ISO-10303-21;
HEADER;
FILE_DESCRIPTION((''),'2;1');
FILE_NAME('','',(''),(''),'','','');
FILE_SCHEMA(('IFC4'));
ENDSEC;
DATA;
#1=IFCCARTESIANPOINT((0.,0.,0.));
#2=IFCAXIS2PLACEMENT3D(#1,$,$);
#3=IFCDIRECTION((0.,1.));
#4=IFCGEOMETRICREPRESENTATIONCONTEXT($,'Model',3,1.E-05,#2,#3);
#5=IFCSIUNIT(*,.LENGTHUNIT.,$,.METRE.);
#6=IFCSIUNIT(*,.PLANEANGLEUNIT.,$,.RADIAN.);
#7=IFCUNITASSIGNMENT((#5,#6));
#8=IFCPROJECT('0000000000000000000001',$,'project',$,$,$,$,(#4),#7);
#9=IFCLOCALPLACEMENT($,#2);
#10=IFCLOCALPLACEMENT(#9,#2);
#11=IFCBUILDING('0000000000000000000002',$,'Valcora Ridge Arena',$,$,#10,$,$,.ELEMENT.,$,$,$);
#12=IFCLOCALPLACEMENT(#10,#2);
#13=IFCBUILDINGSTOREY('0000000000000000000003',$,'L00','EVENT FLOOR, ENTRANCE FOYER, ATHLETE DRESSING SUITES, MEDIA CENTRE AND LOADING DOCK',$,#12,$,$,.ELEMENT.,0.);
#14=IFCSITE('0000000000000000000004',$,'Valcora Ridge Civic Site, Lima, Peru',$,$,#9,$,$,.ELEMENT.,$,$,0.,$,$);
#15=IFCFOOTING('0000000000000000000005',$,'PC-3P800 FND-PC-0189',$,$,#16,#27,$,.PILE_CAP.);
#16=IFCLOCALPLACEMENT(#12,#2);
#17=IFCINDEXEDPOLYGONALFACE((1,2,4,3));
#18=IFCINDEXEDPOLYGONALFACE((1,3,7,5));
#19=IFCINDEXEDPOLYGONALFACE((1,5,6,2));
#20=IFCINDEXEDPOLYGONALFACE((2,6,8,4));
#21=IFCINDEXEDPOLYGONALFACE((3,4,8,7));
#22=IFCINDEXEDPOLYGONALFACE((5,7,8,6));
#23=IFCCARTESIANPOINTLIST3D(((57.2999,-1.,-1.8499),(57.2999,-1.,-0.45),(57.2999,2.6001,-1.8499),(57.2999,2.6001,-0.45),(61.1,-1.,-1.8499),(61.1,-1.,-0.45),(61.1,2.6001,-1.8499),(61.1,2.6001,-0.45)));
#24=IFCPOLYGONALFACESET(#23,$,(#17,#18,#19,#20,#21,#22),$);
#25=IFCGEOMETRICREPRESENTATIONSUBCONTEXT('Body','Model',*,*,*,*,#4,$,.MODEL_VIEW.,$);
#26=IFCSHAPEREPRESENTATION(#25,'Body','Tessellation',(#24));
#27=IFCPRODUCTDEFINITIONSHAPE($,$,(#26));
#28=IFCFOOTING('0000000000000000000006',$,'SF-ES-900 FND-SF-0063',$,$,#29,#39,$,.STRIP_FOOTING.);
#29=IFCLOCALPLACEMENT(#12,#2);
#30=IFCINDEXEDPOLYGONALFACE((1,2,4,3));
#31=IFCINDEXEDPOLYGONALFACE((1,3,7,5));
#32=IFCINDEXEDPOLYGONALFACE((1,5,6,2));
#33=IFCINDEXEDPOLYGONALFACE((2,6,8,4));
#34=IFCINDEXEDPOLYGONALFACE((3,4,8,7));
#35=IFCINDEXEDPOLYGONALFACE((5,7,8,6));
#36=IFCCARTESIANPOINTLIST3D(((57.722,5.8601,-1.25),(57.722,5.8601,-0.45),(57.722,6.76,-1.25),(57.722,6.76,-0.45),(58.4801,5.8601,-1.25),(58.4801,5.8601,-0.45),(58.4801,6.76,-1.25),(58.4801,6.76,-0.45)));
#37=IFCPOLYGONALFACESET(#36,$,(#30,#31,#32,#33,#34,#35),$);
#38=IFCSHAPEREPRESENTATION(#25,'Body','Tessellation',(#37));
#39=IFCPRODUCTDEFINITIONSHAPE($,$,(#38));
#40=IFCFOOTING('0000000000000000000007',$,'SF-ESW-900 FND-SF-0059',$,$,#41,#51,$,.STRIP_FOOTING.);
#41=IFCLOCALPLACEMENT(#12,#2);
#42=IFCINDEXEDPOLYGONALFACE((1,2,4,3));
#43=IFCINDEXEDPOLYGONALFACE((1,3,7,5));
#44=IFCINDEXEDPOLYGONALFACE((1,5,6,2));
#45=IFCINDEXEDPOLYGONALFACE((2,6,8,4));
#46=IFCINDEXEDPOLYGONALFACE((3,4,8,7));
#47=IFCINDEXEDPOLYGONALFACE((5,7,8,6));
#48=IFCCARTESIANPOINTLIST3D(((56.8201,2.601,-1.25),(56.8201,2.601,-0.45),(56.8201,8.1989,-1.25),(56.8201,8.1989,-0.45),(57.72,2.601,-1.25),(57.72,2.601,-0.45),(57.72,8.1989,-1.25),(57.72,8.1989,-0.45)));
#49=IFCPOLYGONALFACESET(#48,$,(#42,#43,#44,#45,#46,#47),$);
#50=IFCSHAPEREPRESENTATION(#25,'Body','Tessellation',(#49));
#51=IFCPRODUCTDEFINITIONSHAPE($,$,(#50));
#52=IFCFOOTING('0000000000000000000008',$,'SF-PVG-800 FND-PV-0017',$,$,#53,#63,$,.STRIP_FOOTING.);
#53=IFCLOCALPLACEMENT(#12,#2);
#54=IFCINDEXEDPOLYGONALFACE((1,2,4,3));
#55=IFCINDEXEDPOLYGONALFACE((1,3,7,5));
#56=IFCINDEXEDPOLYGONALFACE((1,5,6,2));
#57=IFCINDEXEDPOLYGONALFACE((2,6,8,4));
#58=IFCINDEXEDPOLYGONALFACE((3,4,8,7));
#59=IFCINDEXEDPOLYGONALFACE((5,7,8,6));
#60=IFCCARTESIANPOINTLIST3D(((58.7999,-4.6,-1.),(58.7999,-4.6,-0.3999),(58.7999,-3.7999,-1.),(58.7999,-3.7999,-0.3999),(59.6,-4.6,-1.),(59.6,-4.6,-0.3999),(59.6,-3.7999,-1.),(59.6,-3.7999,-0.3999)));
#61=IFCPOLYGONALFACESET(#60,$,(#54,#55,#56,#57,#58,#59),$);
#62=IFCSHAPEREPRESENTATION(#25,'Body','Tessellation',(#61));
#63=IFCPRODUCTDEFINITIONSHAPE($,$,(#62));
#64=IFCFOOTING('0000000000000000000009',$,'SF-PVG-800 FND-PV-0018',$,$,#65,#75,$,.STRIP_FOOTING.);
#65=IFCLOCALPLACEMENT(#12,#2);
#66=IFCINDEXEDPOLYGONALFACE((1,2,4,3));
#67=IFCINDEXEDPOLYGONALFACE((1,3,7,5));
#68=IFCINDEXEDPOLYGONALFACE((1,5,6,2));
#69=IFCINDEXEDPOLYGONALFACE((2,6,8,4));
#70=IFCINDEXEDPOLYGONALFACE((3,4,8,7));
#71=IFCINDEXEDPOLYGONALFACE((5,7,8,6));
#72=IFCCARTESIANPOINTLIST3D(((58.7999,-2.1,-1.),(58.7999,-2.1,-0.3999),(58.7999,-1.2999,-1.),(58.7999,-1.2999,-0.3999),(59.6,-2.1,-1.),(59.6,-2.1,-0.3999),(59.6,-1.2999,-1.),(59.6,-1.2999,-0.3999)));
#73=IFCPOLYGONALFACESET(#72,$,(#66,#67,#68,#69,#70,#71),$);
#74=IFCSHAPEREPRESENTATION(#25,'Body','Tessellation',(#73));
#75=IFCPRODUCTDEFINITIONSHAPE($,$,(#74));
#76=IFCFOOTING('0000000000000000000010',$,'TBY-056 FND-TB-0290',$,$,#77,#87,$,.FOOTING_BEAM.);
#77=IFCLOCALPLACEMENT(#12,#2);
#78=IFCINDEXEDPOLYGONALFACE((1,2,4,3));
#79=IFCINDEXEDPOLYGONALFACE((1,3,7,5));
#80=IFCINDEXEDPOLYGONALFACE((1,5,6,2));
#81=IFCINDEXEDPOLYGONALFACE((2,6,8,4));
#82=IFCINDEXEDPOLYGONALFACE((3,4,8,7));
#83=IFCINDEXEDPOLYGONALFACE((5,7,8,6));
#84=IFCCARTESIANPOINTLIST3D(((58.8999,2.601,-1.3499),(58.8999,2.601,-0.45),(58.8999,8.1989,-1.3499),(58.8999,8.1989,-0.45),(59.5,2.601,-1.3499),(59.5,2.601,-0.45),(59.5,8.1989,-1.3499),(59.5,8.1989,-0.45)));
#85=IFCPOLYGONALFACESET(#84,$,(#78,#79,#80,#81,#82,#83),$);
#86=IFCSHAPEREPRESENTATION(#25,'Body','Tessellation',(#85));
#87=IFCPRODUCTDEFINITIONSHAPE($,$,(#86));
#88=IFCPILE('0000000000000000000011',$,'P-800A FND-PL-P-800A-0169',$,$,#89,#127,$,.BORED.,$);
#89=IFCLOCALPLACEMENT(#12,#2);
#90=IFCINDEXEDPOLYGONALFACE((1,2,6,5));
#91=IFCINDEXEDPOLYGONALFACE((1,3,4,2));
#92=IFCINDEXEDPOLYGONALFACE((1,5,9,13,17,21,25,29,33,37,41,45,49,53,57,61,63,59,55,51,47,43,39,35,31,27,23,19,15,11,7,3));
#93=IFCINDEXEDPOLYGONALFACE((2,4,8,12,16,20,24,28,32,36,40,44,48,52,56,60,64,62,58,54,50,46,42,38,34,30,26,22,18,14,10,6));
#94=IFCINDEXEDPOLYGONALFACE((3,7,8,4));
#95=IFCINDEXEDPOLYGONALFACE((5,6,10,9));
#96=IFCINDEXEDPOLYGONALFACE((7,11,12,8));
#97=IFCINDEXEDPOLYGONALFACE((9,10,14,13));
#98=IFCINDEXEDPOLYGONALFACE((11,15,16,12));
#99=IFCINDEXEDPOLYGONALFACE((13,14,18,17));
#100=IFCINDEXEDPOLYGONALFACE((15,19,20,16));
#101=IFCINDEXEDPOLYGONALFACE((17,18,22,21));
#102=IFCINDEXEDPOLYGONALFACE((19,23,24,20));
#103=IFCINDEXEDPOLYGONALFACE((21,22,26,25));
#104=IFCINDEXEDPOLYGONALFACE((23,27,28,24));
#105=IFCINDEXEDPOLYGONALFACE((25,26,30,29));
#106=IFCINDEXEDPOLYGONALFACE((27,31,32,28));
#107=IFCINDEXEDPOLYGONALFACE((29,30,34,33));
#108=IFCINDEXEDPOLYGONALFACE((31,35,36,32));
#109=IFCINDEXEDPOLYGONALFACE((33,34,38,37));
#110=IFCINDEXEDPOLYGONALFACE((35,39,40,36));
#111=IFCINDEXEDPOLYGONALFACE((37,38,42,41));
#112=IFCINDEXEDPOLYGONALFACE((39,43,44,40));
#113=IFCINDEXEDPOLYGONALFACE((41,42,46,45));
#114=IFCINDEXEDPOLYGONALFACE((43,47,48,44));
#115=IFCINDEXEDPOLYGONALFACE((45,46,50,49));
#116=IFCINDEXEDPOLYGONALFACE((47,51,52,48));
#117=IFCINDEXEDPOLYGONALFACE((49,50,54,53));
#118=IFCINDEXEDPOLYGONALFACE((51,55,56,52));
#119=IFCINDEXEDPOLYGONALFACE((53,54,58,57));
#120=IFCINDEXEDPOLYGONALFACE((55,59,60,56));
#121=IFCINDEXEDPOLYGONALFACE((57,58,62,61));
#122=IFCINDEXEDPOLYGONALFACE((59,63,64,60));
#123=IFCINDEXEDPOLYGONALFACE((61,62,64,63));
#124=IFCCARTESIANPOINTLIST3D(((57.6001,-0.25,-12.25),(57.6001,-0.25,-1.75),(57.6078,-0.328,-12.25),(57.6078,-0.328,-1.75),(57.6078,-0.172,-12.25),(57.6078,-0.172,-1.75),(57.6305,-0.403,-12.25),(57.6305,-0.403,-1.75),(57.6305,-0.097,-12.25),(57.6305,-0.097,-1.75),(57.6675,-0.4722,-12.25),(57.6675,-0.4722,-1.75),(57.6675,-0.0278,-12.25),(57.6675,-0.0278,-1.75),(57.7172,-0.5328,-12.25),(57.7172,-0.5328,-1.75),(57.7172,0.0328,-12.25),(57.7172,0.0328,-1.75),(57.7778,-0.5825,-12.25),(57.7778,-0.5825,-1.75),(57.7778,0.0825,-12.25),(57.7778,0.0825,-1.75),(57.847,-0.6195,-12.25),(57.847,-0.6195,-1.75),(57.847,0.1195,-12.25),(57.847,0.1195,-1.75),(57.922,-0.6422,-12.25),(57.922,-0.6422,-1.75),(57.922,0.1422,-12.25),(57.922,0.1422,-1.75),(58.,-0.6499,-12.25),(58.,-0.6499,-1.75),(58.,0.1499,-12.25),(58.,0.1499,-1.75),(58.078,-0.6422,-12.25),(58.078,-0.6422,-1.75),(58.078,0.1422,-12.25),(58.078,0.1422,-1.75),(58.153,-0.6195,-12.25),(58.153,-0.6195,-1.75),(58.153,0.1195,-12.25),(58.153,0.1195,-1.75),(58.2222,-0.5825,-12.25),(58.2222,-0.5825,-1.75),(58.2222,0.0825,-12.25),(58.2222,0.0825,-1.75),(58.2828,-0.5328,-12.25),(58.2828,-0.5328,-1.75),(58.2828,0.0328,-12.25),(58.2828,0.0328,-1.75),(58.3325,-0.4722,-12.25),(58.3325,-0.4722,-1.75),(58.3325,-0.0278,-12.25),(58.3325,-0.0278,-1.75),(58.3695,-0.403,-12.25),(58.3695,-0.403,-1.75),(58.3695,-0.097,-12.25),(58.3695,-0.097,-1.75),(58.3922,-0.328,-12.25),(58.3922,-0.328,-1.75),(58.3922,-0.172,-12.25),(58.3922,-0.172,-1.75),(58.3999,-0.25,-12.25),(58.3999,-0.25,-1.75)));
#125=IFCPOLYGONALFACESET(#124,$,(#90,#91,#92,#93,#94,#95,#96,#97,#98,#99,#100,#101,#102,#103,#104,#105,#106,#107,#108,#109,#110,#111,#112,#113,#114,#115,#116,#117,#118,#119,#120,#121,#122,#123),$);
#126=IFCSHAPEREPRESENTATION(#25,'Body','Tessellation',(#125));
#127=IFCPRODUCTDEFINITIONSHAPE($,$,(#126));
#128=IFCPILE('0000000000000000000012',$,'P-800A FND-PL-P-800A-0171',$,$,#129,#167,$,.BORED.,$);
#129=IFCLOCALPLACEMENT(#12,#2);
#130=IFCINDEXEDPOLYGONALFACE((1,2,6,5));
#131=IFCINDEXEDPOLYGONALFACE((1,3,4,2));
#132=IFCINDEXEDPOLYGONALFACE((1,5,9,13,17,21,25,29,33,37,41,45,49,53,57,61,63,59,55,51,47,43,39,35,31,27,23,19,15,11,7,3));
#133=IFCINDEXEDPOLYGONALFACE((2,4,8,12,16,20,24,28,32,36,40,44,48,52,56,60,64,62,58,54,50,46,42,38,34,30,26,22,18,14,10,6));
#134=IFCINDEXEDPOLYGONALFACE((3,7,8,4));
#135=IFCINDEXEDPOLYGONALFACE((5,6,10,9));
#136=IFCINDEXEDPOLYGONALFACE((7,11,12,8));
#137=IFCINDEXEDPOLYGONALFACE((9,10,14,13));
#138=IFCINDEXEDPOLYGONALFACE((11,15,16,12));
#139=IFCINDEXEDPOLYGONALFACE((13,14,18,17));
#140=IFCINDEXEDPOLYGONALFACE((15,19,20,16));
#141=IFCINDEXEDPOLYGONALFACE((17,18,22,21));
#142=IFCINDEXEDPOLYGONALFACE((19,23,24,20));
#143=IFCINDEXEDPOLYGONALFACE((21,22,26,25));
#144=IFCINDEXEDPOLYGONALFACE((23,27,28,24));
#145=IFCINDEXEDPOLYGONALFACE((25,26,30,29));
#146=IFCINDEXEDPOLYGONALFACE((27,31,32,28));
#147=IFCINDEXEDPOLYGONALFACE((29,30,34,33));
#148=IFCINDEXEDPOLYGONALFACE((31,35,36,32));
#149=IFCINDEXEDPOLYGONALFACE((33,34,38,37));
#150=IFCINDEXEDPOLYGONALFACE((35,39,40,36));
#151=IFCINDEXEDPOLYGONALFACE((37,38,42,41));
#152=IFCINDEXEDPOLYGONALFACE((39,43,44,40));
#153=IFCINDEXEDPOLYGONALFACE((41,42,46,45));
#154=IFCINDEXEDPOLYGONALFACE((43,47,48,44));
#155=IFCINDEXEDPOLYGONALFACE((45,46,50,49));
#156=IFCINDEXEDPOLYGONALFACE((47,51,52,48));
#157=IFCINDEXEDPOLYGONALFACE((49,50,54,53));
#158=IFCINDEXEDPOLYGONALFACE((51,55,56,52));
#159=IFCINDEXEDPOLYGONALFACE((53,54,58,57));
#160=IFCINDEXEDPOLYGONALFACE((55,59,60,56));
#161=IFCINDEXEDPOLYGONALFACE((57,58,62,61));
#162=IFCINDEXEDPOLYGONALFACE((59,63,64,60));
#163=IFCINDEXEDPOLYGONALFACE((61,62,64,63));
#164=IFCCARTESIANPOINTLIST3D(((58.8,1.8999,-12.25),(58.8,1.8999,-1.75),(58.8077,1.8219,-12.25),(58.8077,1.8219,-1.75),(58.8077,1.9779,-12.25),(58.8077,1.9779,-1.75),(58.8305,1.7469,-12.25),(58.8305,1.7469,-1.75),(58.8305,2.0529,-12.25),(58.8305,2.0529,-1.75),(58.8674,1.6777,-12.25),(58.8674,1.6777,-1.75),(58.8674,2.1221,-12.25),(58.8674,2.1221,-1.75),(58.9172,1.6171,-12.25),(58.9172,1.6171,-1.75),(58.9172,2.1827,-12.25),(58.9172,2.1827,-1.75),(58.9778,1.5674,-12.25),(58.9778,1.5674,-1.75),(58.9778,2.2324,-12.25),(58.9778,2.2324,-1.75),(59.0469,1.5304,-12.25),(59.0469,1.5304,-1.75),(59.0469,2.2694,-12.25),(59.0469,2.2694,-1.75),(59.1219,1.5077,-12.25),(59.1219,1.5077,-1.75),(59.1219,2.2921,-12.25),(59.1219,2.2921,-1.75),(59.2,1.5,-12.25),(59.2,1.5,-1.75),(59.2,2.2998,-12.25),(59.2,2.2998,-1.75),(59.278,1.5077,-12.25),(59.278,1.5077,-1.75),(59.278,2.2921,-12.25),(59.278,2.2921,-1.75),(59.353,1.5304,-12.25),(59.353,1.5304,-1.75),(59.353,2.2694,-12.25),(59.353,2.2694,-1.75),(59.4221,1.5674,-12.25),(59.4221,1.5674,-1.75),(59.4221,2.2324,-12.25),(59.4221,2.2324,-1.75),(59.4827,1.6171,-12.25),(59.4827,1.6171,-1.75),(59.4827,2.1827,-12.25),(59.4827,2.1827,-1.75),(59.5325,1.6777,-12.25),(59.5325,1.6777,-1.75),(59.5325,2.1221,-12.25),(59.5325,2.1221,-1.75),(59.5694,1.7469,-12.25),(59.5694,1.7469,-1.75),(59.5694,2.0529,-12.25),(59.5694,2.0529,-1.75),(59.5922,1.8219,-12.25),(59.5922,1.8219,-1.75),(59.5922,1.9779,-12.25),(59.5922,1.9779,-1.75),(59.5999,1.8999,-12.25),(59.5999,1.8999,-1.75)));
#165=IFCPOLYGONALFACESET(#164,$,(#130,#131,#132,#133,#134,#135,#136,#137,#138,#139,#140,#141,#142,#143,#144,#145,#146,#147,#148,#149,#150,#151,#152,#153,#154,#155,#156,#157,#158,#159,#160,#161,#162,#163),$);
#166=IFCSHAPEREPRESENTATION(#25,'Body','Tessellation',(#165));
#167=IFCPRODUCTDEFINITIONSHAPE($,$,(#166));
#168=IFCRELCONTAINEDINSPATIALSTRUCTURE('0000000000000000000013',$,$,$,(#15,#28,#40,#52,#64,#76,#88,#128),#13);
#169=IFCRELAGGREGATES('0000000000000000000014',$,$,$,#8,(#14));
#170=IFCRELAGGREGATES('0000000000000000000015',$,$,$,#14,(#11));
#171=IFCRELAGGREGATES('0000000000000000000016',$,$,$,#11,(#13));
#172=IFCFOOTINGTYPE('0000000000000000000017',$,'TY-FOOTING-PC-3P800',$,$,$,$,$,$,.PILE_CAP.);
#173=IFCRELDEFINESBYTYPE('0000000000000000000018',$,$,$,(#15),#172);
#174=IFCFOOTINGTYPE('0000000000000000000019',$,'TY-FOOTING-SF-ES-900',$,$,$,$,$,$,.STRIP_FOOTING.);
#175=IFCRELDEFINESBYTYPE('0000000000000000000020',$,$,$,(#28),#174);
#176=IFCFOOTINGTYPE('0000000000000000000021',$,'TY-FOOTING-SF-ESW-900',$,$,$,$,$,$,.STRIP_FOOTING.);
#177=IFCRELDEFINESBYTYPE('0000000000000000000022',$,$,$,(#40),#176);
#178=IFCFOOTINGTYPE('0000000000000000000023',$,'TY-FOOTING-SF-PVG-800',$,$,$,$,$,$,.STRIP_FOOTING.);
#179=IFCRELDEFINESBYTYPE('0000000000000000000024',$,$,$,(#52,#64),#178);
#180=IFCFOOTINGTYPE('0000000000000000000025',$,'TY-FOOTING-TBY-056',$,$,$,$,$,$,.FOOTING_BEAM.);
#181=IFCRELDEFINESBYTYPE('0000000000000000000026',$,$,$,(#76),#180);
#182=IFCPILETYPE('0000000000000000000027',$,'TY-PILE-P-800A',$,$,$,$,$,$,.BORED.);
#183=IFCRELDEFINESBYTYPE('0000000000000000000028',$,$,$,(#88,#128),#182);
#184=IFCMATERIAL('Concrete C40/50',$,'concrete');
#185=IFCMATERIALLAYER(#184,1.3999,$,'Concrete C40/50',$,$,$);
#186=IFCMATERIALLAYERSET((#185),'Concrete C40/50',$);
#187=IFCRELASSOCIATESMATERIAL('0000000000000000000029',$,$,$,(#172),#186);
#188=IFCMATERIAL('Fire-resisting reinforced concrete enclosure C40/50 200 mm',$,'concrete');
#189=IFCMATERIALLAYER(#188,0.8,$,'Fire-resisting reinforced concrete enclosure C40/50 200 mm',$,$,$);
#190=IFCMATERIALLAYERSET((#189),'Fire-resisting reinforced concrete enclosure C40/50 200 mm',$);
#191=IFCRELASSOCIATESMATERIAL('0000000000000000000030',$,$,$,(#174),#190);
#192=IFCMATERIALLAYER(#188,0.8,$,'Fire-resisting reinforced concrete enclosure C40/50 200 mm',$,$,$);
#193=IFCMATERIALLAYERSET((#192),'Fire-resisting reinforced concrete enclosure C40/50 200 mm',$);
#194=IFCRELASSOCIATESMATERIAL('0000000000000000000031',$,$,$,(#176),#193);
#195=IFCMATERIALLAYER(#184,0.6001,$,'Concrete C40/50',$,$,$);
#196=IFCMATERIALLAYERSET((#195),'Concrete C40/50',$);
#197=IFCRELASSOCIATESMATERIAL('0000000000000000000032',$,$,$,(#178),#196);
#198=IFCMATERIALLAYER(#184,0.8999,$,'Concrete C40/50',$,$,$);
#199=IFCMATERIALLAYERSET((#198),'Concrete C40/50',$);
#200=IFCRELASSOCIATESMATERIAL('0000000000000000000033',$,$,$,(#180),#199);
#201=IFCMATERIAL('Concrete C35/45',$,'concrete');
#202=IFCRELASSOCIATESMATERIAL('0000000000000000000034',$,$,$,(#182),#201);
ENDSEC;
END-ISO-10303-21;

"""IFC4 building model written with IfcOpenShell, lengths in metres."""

from ifc_helpers import new_model, si_unit, direction, frame, origin, origin_2d, place, context, subcontext, project, spatial, rectangle, circle, extrude, material, layer, layer_set, material_profile, profile_set, type_object, element, save


model = new_model("IFC4")

# Units and contexts
model_context = context("Model", 3, precision=1e-05, world=origin(), true_north=direction((0.0, 1.0)))
body_context = subcontext(model_context, "Body", "Model", "MODEL_VIEW")
ifc_project = project(units=[si_unit("LENGTHUNIT", "METRE"), si_unit("PLANEANGLEUNIT", "RADIAN")], contexts=[model_context])

# Site, building, storey
site_placement = place(None, origin())
site = spatial("IfcSite", under=ifc_project, at=site_placement, Name="Valcora Ridge Civic Site, Lima, Peru", CompositionType="ELEMENT", RefElevation=0.0)
building_placement = place(site_placement, origin())
building = spatial("IfcBuilding", under=site, at=building_placement, Name="Valcora Ridge Arena", CompositionType="ELEMENT")
storey_placement = place(building_placement, origin())
storey = spatial("IfcBuildingStorey", under=building, at=storey_placement, Name="L00", Description="EVENT FLOOR, ENTRANCE FOYER, ATHLETE DRESSING SUITES, MEDIA CENTRE AND LOADING DOCK", CompositionType="ELEMENT", Elevation=0.0)

# Footings
ifc_material_1 = material(Name="Concrete C40/50", Category="concrete")
ifc_layer_1 = layer(ifc_material_1, 1.3999, Name="Concrete C40/50")
ifc_layer_set_1 = layer_set([ifc_layer_1], Name="Concrete C40/50")
footing_type_1 = type_object("IfcFootingType", Name="TY-FOOTING-PC-3P800", PredefinedType="PILE_CAP", material=ifc_layer_set_1)
footing_1_placement = place(storey_placement, frame((59.2, 0.8, -1.8499), z_axis=(0.0, 0.0, 1.0), x_axis=(1.0, 0.0, 0.0)))
element("IfcFooting", 1, at=footing_1_placement, inside=storey, type_object=footing_type_1, Name="PC-3P800 FND-PC-0189", PredefinedType="PILE_CAP", context=body_context, shape_type="SweptSolid", body=[
    extrude(rectangle(XDim=3.8, YDim=3.6001, at=origin_2d()), origin(), (0.0, 0.0, 1.0), 1.3999),
])
ifc_material_2 = material(Name="Fire-resisting reinforced concrete enclosure C40/50 200 mm", Category="concrete")
ifc_layer_2 = layer(ifc_material_2, 0.8, Name="Fire-resisting reinforced concrete enclosure C40/50 200 mm")
ifc_layer_set_2 = layer_set([ifc_layer_2], Name="Fire-resisting reinforced concrete enclosure C40/50 200 mm")
footing_type_2 = type_object("IfcFootingType", Name="TY-FOOTING-SF-ES-900", PredefinedType="STRIP_FOOTING", material=ifc_layer_set_2)
footing_2_placement = place(storey_placement, frame((58.1011, 6.3101, -1.25), z_axis=(0.0, 0.0, 1.0), x_axis=(1.0, 0.0, 0.0)))
element("IfcFooting", 2, at=footing_2_placement, inside=storey, type_object=footing_type_2, Name="SF-ES-900 FND-SF-0063", PredefinedType="STRIP_FOOTING", context=body_context, shape_type="SweptSolid", body=[
    extrude(rectangle(XDim=0.7581, YDim=0.8999, at=origin_2d()), origin(), (0.0, 0.0, 1.0), 0.8),
])
ifc_layer_3 = layer(ifc_material_2, 0.8, Name="Fire-resisting reinforced concrete enclosure C40/50 200 mm")
ifc_layer_set_3 = layer_set([ifc_layer_3], Name="Fire-resisting reinforced concrete enclosure C40/50 200 mm")
footing_type_3 = type_object("IfcFootingType", Name="TY-FOOTING-SF-ESW-900", PredefinedType="STRIP_FOOTING", material=ifc_layer_set_3)
footing_3_placement = place(storey_placement, frame((57.27, 5.3999, -1.25), z_axis=(0.0, 0.0, 1.0), x_axis=(1.0, 0.0, 0.0)))
element("IfcFooting", 3, at=footing_3_placement, inside=storey, type_object=footing_type_3, Name="SF-ESW-900 FND-SF-0059", PredefinedType="STRIP_FOOTING", context=body_context, shape_type="SweptSolid", body=[
    extrude(rectangle(XDim=0.8999, YDim=5.5979, at=origin_2d()), origin(), (0.0, 0.0, 1.0), 0.8),
])
ifc_layer_4 = layer(ifc_material_1, 0.6001, Name="Concrete C40/50")
ifc_layer_set_4 = layer_set([ifc_layer_4], Name="Concrete C40/50")
footing_type_4 = type_object("IfcFootingType", Name="TY-FOOTING-SF-PVG-800", PredefinedType="STRIP_FOOTING", material=ifc_layer_set_4)
for number, where, z_axis, x_axis, name in (
    (4, (59.2, -4.2, -1.0), (0.0, 0.0, 1.0), (1.0, 0.0, 0.0), "SF-PVG-800 FND-PV-0017"),
    (5, (59.2, -1.7, -1.0), (0.0, 0.0, 1.0), (1.0, 0.0, 0.0), "SF-PVG-800 FND-PV-0018"),
):
    element("IfcFooting", number, at=place(storey_placement, frame(where, z_axis=z_axis, x_axis=x_axis)), inside=storey, type_object=footing_type_4, Name=name, PredefinedType="STRIP_FOOTING", context=body_context, shape_type="SweptSolid", body=[
        extrude(rectangle(XDim=0.8, YDim=0.8, at=origin_2d()), origin(), (0.0, 0.0, 1.0), 0.6001),
    ])
ifc_layer_5 = layer(ifc_material_1, 0.8999, Name="Concrete C40/50")
ifc_layer_set_5 = layer_set([ifc_layer_5], Name="Concrete C40/50")
footing_type_5 = type_object("IfcFootingType", Name="TY-FOOTING-TBY-056", PredefinedType="FOOTING_BEAM", material=ifc_layer_set_5)
footing_4_placement = place(storey_placement, frame((59.2, 5.3999, -1.3499), z_axis=(0.0, 0.0, 1.0), x_axis=(1.0, 0.0, 0.0)))
element("IfcFooting", 6, at=footing_4_placement, inside=storey, type_object=footing_type_5, Name="TBY-056 FND-TB-0290", PredefinedType="FOOTING_BEAM", context=body_context, shape_type="SweptSolid", body=[
    extrude(rectangle(XDim=0.6001, YDim=5.5979, at=origin_2d()), origin(), (0.0, 0.0, 1.0), 0.8999),
])

# Piles
ifc_material_3 = material(Name="Concrete C35/45", Category="concrete")
ifc_material_profile_1 = material_profile(ifc_material_3, circle(Radius=0.3999, at=origin_2d()), Name="BORED PILE D800")
ifc_profile_set_1 = profile_set([ifc_material_profile_1], Name="Concrete C35/45")
pile_type_1 = type_object("IfcPileType", Name="TY-PILE-P-800A", PredefinedType="BORED", material=ifc_profile_set_1)
for number, where, z_axis, x_axis, name in (
    (7, (58.0, -0.25, -1.75), (0.0, 0.0, -1.0), (1.0, 0.0, 0.0), "P-800A FND-PL-P-800A-0169"),
    (8, (59.2, 1.8999, -1.75), (0.0, 0.0, -1.0), (1.0, 0.0, 0.0), "P-800A FND-PL-P-800A-0171"),
):
    element("IfcPile", number, at=place(storey_placement, frame(where, z_axis=z_axis, x_axis=x_axis)), inside=storey, type_object=pile_type_1, Name=name, PredefinedType="BORED", context=body_context, shape_type="SweptSolid", body=[
        extrude(circle(Radius=0.3999, at=origin_2d()), origin(), (0.0, 0.0, 1.0), 10.5),
    ])

save(model, "model.ifc")
